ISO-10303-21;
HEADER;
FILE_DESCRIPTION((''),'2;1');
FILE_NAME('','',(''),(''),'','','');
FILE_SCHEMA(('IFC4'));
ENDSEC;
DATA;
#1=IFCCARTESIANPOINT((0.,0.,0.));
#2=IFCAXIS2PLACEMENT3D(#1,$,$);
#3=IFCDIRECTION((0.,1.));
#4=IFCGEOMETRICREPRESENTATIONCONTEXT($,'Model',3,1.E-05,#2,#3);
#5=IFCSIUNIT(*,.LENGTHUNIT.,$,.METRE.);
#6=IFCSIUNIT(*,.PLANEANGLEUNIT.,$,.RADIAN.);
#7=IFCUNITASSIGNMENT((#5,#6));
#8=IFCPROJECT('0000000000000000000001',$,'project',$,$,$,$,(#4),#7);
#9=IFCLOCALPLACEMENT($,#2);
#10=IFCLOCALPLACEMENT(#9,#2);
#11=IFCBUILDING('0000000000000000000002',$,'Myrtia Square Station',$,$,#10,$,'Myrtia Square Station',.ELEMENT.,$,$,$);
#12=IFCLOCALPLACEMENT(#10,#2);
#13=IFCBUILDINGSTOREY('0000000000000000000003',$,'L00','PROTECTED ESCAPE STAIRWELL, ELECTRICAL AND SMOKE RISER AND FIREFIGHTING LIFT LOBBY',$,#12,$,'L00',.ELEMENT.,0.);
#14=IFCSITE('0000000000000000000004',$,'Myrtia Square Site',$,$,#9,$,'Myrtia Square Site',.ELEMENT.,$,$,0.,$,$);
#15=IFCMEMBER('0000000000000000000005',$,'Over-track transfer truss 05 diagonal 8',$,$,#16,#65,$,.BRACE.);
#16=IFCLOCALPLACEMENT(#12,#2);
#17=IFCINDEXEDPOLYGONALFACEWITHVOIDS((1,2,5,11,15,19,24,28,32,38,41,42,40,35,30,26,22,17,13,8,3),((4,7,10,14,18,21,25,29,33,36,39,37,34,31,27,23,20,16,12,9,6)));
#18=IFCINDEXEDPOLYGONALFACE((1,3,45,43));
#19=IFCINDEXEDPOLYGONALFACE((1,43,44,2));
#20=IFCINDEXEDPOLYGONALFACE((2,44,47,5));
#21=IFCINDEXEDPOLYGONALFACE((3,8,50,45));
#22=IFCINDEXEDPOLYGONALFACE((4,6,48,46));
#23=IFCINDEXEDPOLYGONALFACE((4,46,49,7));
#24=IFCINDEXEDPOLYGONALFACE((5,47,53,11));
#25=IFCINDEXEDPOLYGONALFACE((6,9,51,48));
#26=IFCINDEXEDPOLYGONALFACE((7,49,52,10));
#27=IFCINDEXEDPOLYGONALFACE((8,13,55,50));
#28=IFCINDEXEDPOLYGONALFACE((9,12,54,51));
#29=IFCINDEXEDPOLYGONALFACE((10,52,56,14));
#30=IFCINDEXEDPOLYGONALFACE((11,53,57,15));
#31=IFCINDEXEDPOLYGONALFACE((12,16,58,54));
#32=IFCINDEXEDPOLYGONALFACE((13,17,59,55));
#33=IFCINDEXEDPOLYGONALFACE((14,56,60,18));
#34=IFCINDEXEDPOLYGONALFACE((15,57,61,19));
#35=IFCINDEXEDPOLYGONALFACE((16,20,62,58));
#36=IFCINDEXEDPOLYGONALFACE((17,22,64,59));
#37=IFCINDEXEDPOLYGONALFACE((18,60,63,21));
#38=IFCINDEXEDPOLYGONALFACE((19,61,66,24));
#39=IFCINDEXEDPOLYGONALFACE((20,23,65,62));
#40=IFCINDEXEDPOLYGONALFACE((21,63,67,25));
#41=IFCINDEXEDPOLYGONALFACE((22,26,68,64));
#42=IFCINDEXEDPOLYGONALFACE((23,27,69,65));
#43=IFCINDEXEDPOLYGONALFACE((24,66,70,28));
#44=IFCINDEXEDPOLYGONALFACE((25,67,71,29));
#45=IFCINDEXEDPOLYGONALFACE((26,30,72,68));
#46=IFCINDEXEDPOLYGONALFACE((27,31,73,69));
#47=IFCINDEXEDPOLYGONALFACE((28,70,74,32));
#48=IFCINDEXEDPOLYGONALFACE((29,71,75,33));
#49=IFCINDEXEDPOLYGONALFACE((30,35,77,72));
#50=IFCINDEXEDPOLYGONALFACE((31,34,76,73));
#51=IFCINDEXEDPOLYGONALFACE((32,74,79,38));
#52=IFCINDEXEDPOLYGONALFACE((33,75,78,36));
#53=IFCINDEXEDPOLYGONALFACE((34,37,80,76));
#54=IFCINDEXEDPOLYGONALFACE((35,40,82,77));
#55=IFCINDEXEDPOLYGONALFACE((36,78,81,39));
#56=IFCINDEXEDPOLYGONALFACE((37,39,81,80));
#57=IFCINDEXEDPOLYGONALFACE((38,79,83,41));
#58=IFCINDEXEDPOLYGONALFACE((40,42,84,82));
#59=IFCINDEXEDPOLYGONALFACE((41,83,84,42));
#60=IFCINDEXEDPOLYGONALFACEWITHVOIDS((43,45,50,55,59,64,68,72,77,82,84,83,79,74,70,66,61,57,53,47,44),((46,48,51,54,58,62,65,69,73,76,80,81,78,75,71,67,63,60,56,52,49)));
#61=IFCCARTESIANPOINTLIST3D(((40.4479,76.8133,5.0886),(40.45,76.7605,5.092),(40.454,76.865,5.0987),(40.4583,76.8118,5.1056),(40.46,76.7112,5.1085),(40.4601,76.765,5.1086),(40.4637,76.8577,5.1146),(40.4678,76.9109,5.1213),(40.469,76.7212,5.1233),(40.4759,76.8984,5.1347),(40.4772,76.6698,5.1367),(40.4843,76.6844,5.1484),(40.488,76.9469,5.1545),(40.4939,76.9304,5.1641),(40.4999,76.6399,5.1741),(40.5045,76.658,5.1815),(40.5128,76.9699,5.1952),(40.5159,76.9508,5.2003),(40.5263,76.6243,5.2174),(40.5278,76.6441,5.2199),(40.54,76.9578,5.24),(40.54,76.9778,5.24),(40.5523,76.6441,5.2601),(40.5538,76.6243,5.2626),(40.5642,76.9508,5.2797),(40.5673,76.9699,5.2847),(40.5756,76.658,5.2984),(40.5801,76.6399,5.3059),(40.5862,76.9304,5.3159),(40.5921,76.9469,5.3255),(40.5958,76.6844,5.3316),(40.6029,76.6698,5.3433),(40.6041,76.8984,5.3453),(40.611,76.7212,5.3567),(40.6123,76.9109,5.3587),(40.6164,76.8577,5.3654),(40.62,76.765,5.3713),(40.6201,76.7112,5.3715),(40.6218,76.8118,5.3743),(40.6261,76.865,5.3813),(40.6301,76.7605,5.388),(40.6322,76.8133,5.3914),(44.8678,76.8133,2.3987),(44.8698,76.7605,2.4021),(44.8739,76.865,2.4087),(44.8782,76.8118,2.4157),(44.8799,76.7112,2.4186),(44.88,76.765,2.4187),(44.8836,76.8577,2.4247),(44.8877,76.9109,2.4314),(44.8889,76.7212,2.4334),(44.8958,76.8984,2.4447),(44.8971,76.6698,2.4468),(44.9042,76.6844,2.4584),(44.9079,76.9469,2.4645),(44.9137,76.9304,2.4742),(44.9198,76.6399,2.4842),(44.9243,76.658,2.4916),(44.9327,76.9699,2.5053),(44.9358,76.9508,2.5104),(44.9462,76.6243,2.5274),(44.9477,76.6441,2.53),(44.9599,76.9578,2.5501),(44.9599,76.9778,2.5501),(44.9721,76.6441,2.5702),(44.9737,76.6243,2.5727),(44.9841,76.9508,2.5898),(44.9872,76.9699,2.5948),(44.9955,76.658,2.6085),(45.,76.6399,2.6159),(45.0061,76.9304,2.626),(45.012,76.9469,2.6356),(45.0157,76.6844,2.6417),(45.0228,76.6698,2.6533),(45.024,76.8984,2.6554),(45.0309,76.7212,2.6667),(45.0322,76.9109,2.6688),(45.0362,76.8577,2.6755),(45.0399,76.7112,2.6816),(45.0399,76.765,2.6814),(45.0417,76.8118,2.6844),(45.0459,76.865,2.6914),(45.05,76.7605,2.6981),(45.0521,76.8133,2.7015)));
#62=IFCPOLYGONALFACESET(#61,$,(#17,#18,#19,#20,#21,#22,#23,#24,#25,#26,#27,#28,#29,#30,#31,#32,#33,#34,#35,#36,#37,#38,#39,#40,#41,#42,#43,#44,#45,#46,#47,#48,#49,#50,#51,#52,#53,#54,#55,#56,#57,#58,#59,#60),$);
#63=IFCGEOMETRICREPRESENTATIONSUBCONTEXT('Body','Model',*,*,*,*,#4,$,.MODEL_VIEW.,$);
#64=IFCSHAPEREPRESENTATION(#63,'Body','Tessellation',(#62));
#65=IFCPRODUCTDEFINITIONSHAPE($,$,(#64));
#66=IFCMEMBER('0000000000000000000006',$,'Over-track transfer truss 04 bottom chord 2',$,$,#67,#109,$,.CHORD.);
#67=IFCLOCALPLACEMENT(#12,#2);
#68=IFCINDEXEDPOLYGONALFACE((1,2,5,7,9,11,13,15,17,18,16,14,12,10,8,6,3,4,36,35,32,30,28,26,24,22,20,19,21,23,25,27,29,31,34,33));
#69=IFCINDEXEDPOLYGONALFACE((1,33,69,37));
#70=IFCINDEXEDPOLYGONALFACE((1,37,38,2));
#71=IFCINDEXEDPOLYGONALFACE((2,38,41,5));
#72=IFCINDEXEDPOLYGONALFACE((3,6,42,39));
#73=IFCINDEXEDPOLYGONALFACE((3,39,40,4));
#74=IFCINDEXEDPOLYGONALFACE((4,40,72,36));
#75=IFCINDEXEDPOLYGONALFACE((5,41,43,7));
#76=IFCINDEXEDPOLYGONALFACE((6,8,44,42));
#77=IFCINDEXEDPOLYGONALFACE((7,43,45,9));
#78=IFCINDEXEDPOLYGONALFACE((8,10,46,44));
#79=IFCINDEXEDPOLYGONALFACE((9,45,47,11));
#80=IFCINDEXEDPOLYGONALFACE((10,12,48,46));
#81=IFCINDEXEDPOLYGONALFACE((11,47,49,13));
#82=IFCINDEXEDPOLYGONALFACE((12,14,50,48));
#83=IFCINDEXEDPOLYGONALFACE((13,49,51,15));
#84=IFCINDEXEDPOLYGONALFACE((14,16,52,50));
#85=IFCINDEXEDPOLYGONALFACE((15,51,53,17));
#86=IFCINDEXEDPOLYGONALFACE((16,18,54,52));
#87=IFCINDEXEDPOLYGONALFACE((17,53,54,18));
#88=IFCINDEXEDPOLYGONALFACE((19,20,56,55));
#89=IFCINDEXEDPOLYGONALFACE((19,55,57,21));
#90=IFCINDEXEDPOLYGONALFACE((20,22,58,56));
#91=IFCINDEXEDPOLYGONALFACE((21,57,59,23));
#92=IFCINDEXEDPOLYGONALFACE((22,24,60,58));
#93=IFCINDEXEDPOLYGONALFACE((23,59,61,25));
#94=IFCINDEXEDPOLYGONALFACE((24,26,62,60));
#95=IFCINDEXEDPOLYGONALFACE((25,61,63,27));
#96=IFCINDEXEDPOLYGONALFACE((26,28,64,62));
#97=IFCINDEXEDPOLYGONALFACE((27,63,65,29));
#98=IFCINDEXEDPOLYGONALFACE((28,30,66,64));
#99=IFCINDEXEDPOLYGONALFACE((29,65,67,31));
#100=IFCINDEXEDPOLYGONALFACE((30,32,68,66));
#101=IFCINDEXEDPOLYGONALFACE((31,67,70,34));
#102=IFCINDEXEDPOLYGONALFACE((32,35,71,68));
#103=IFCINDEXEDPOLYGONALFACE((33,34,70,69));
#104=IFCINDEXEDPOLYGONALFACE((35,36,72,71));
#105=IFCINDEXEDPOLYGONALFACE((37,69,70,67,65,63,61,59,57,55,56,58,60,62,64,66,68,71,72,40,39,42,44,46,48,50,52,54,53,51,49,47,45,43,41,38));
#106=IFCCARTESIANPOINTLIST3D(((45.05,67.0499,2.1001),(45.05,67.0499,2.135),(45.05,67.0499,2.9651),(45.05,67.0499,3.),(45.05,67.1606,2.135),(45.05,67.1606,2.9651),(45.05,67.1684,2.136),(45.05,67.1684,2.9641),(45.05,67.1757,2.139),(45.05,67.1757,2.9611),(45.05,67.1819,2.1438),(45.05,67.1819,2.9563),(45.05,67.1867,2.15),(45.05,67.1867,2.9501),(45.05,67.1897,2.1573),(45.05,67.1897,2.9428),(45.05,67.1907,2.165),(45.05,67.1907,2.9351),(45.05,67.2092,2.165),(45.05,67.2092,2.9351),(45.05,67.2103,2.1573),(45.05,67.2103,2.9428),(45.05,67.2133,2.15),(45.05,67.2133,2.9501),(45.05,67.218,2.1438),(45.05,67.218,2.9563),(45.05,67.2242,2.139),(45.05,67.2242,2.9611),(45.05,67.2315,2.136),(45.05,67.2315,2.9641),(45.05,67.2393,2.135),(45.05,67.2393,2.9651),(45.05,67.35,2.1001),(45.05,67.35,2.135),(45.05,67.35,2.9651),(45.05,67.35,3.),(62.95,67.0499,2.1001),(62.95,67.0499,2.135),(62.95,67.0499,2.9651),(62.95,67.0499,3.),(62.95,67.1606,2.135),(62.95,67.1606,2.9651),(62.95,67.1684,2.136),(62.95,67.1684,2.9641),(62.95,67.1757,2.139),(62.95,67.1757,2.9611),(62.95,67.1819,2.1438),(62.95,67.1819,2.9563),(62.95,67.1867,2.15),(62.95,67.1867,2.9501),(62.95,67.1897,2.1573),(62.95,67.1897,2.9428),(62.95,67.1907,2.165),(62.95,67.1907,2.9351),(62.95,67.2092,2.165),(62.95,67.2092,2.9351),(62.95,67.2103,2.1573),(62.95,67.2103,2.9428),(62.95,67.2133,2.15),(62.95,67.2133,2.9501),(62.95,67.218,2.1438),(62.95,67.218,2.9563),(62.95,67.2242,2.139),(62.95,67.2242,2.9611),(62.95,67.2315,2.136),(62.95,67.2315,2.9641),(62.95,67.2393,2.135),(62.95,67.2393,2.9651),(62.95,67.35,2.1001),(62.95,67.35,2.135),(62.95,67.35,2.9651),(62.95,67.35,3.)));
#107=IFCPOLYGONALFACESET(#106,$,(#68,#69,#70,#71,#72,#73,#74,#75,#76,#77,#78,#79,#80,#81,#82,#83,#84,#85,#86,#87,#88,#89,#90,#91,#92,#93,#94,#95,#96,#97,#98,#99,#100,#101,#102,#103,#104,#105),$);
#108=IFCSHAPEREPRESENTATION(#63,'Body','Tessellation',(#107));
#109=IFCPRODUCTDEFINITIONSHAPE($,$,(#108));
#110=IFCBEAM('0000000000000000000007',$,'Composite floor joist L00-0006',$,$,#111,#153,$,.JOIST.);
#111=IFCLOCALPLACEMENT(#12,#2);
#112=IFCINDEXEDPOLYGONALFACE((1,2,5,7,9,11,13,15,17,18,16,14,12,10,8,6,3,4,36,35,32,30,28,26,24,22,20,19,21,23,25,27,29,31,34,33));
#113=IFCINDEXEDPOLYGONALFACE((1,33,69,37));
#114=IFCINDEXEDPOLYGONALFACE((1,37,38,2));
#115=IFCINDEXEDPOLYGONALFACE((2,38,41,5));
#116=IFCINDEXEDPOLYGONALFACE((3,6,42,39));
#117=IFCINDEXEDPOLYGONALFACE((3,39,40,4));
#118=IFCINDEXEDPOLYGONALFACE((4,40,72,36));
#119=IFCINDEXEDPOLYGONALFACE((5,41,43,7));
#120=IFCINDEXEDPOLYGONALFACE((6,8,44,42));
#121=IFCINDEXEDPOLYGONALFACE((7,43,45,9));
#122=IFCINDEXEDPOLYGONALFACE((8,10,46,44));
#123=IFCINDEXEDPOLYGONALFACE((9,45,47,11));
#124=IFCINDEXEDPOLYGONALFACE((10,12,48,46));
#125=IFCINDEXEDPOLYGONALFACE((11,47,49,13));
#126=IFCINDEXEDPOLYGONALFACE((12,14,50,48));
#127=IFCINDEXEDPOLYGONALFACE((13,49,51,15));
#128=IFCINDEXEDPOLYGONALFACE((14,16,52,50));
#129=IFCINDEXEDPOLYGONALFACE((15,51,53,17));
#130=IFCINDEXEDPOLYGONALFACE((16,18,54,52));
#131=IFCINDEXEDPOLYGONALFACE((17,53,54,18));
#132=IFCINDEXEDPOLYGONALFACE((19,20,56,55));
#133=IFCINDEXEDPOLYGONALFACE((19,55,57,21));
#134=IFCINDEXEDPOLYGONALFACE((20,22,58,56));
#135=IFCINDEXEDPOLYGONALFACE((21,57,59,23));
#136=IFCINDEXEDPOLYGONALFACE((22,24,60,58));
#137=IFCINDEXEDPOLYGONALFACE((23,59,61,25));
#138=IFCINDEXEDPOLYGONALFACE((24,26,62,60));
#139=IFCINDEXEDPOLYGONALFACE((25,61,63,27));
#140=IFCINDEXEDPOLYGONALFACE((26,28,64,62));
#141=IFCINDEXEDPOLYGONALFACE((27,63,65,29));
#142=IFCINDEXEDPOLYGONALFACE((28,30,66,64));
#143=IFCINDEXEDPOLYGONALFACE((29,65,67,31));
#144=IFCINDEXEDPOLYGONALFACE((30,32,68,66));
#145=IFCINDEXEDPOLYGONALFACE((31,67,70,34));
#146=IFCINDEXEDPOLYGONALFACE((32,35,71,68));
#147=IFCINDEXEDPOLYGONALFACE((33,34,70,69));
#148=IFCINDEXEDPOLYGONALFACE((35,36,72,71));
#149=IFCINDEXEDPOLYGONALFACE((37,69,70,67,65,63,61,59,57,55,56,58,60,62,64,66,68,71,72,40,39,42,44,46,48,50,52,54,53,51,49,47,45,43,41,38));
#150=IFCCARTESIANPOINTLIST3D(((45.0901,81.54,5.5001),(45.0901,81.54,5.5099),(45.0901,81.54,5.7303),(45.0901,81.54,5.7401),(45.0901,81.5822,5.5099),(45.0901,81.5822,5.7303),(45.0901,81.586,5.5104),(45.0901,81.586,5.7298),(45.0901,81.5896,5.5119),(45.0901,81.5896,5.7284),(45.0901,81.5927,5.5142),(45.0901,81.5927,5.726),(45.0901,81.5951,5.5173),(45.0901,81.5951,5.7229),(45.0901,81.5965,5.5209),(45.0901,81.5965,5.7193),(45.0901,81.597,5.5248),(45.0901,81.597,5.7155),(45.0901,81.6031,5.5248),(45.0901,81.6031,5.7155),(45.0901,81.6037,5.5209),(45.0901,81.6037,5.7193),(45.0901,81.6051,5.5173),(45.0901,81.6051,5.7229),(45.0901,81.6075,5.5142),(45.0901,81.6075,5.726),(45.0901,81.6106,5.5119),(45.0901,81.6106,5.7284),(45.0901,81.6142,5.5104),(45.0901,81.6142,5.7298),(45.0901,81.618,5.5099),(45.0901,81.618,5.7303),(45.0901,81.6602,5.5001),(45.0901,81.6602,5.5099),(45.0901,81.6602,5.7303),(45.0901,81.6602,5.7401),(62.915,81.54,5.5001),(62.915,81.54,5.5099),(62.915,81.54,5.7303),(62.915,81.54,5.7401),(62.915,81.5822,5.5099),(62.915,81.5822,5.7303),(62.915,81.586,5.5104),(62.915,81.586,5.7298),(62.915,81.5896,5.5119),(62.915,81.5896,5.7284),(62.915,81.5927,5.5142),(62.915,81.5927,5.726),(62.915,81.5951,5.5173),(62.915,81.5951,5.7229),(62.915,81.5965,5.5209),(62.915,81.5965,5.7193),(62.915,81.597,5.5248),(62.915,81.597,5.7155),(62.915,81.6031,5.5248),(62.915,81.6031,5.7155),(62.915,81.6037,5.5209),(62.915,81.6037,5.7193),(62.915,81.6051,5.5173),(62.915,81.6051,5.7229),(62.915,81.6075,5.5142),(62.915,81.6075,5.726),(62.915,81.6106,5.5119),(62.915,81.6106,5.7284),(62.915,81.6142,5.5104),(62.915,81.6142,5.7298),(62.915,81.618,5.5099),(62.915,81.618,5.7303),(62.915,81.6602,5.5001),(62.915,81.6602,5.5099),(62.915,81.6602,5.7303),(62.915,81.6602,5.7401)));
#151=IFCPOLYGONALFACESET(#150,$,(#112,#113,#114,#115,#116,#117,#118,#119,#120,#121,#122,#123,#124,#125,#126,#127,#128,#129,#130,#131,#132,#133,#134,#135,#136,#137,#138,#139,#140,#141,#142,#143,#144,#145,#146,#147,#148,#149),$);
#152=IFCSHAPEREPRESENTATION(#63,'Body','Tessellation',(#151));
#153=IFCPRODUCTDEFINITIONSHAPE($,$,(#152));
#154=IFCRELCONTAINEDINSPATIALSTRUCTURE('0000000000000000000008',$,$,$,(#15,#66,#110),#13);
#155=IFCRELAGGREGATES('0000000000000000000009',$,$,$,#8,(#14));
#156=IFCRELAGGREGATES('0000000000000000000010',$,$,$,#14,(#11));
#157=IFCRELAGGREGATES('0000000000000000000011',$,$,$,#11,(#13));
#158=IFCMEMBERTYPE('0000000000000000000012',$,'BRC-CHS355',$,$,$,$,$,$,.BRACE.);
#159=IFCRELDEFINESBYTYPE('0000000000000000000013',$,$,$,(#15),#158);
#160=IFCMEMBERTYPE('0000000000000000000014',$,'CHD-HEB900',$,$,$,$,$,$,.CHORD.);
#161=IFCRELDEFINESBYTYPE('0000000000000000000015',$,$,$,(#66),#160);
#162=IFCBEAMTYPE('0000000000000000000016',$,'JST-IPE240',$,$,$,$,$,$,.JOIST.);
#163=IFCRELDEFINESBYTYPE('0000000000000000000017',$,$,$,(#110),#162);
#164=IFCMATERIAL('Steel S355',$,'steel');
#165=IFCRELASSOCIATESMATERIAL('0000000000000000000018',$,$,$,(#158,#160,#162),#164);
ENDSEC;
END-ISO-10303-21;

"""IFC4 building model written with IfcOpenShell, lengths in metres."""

from ifc_helpers import new_model, si_unit, direction, frame, origin, origin_2d, place, context, subcontext, project, spatial, hollow_circle, i_section, extrude, material, material_profile, profile_set, type_object, element, save


model = new_model("IFC4")

# Units and contexts
model_context = context("Model", 3, precision=1e-05, world=origin(), true_north=direction((0.0, 1.0)))
body_context = subcontext(model_context, "Body", "Model", "MODEL_VIEW")
ifc_project = project(units=[si_unit("LENGTHUNIT", "METRE"), si_unit("PLANEANGLEUNIT", "RADIAN")], contexts=[model_context])

# Site, building, storey
site_placement = place(None, origin())
site = spatial("IfcSite", under=ifc_project, at=site_placement, Name="Myrtia Square Site", LongName="Myrtia Square Site", CompositionType="ELEMENT", RefElevation=0.0)
building_placement = place(site_placement, origin())
building = spatial("IfcBuilding", under=site, at=building_placement, Name="Myrtia Square Station", LongName="Myrtia Square Station", CompositionType="ELEMENT")
storey_placement = place(building_placement, origin())
storey = spatial("IfcBuildingStorey", under=building, at=storey_placement, Name="L00", Description="PROTECTED ESCAPE STAIRWELL, ELECTRICAL AND SMOKE RISER AND FIREFIGHTING LIFT LOBBY", LongName="L00", CompositionType="ELEMENT", Elevation=0.0)

# Shared definitions
ifc_material_1 = material(Name="Steel S355", Category="steel")

# Members
ifc_material_profile_1 = material_profile(ifc_material_1, hollow_circle(Radius=0.1777, WallThickness=0.02, at=origin_2d()), Name="CHS 355.6x20")
ifc_profile_set_1 = profile_set([ifc_material_profile_1], Name="Steel S355")
member_type_1 = type_object("IfcMemberType", Name="BRC-CHS355", PredefinedType="BRACE", material=ifc_profile_set_1)
member_1_placement = place(storey_placement, frame((40.54, 76.8, 5.24), z_axis=(0.854237, 0.0, -0.519884), x_axis=(0.0, 1.0, 0.0)))
element("IfcMember", 1, at=member_1_placement, inside=storey, type_object=member_type_1, Name="Over-track transfer truss 05 diagonal 8", PredefinedType="BRACE", context=body_context, shape_type="SweptSolid", body=[
    extrude(hollow_circle(Radius=0.1777, WallThickness=0.02, at=origin_2d()), origin(), (0.0, 0.0, 1.0), 5.1741),
])
ifc_material_profile_2 = material_profile(ifc_material_1, i_section(OverallWidth=0.3, OverallDepth=0.8999, WebThickness=0.0186, FlangeThickness=0.0349, FilletRadius=0.03, at=origin_2d()), Name="HEB 900")
ifc_profile_set_2 = profile_set([ifc_material_profile_2], Name="Steel S355")
member_type_2 = type_object("IfcMemberType", Name="CHD-HEB900", PredefinedType="CHORD", material=ifc_profile_set_2)
member_2_placement = place(storey_placement, frame((45.05, 67.2, 2.55), z_axis=(1.0, 0.0, 0.0), x_axis=(0.0, 1.0, 0.0)))
element("IfcMember", 2, at=member_2_placement, inside=storey, type_object=member_type_2, Name="Over-track transfer truss 04 bottom chord 2", PredefinedType="CHORD", context=body_context, shape_type="SweptSolid", body=[
    extrude(i_section(OverallWidth=0.3, OverallDepth=0.8999, WebThickness=0.0186, FlangeThickness=0.0349, FilletRadius=0.03, at=origin_2d()), origin(), (0.0, 0.0, 1.0), 17.8999),
])

# Beam
ifc_material_profile_3 = material_profile(ifc_material_1, i_section(OverallWidth=0.1201, OverallDepth=0.24, WebThickness=0.0061, FlangeThickness=0.0098, FilletRadius=0.0149, at=origin_2d()), Name="IPE 240")
ifc_profile_set_3 = profile_set([ifc_material_profile_3], Name="Steel S355")
beam_type_1 = type_object("IfcBeamType", Name="JST-IPE240", PredefinedType="JOIST", material=ifc_profile_set_3)
beam_1_placement = place(storey_placement, frame((45.0901, 81.6001, 5.6201), z_axis=(1.0, 0.0, 0.0), x_axis=(0.0, 1.0, 0.0)))
element("IfcBeam", 3, at=beam_1_placement, inside=storey, type_object=beam_type_1, Name="Composite floor joist L00-0006", PredefinedType="JOIST", context=body_context, shape_type="SweptSolid", body=[
    extrude(i_section(OverallWidth=0.1201, OverallDepth=0.24, WebThickness=0.0061, FlangeThickness=0.0098, FilletRadius=0.0149, at=origin_2d()), origin(), (0.0, 0.0, 1.0), 17.825),
])

save(model, "model.ifc")
